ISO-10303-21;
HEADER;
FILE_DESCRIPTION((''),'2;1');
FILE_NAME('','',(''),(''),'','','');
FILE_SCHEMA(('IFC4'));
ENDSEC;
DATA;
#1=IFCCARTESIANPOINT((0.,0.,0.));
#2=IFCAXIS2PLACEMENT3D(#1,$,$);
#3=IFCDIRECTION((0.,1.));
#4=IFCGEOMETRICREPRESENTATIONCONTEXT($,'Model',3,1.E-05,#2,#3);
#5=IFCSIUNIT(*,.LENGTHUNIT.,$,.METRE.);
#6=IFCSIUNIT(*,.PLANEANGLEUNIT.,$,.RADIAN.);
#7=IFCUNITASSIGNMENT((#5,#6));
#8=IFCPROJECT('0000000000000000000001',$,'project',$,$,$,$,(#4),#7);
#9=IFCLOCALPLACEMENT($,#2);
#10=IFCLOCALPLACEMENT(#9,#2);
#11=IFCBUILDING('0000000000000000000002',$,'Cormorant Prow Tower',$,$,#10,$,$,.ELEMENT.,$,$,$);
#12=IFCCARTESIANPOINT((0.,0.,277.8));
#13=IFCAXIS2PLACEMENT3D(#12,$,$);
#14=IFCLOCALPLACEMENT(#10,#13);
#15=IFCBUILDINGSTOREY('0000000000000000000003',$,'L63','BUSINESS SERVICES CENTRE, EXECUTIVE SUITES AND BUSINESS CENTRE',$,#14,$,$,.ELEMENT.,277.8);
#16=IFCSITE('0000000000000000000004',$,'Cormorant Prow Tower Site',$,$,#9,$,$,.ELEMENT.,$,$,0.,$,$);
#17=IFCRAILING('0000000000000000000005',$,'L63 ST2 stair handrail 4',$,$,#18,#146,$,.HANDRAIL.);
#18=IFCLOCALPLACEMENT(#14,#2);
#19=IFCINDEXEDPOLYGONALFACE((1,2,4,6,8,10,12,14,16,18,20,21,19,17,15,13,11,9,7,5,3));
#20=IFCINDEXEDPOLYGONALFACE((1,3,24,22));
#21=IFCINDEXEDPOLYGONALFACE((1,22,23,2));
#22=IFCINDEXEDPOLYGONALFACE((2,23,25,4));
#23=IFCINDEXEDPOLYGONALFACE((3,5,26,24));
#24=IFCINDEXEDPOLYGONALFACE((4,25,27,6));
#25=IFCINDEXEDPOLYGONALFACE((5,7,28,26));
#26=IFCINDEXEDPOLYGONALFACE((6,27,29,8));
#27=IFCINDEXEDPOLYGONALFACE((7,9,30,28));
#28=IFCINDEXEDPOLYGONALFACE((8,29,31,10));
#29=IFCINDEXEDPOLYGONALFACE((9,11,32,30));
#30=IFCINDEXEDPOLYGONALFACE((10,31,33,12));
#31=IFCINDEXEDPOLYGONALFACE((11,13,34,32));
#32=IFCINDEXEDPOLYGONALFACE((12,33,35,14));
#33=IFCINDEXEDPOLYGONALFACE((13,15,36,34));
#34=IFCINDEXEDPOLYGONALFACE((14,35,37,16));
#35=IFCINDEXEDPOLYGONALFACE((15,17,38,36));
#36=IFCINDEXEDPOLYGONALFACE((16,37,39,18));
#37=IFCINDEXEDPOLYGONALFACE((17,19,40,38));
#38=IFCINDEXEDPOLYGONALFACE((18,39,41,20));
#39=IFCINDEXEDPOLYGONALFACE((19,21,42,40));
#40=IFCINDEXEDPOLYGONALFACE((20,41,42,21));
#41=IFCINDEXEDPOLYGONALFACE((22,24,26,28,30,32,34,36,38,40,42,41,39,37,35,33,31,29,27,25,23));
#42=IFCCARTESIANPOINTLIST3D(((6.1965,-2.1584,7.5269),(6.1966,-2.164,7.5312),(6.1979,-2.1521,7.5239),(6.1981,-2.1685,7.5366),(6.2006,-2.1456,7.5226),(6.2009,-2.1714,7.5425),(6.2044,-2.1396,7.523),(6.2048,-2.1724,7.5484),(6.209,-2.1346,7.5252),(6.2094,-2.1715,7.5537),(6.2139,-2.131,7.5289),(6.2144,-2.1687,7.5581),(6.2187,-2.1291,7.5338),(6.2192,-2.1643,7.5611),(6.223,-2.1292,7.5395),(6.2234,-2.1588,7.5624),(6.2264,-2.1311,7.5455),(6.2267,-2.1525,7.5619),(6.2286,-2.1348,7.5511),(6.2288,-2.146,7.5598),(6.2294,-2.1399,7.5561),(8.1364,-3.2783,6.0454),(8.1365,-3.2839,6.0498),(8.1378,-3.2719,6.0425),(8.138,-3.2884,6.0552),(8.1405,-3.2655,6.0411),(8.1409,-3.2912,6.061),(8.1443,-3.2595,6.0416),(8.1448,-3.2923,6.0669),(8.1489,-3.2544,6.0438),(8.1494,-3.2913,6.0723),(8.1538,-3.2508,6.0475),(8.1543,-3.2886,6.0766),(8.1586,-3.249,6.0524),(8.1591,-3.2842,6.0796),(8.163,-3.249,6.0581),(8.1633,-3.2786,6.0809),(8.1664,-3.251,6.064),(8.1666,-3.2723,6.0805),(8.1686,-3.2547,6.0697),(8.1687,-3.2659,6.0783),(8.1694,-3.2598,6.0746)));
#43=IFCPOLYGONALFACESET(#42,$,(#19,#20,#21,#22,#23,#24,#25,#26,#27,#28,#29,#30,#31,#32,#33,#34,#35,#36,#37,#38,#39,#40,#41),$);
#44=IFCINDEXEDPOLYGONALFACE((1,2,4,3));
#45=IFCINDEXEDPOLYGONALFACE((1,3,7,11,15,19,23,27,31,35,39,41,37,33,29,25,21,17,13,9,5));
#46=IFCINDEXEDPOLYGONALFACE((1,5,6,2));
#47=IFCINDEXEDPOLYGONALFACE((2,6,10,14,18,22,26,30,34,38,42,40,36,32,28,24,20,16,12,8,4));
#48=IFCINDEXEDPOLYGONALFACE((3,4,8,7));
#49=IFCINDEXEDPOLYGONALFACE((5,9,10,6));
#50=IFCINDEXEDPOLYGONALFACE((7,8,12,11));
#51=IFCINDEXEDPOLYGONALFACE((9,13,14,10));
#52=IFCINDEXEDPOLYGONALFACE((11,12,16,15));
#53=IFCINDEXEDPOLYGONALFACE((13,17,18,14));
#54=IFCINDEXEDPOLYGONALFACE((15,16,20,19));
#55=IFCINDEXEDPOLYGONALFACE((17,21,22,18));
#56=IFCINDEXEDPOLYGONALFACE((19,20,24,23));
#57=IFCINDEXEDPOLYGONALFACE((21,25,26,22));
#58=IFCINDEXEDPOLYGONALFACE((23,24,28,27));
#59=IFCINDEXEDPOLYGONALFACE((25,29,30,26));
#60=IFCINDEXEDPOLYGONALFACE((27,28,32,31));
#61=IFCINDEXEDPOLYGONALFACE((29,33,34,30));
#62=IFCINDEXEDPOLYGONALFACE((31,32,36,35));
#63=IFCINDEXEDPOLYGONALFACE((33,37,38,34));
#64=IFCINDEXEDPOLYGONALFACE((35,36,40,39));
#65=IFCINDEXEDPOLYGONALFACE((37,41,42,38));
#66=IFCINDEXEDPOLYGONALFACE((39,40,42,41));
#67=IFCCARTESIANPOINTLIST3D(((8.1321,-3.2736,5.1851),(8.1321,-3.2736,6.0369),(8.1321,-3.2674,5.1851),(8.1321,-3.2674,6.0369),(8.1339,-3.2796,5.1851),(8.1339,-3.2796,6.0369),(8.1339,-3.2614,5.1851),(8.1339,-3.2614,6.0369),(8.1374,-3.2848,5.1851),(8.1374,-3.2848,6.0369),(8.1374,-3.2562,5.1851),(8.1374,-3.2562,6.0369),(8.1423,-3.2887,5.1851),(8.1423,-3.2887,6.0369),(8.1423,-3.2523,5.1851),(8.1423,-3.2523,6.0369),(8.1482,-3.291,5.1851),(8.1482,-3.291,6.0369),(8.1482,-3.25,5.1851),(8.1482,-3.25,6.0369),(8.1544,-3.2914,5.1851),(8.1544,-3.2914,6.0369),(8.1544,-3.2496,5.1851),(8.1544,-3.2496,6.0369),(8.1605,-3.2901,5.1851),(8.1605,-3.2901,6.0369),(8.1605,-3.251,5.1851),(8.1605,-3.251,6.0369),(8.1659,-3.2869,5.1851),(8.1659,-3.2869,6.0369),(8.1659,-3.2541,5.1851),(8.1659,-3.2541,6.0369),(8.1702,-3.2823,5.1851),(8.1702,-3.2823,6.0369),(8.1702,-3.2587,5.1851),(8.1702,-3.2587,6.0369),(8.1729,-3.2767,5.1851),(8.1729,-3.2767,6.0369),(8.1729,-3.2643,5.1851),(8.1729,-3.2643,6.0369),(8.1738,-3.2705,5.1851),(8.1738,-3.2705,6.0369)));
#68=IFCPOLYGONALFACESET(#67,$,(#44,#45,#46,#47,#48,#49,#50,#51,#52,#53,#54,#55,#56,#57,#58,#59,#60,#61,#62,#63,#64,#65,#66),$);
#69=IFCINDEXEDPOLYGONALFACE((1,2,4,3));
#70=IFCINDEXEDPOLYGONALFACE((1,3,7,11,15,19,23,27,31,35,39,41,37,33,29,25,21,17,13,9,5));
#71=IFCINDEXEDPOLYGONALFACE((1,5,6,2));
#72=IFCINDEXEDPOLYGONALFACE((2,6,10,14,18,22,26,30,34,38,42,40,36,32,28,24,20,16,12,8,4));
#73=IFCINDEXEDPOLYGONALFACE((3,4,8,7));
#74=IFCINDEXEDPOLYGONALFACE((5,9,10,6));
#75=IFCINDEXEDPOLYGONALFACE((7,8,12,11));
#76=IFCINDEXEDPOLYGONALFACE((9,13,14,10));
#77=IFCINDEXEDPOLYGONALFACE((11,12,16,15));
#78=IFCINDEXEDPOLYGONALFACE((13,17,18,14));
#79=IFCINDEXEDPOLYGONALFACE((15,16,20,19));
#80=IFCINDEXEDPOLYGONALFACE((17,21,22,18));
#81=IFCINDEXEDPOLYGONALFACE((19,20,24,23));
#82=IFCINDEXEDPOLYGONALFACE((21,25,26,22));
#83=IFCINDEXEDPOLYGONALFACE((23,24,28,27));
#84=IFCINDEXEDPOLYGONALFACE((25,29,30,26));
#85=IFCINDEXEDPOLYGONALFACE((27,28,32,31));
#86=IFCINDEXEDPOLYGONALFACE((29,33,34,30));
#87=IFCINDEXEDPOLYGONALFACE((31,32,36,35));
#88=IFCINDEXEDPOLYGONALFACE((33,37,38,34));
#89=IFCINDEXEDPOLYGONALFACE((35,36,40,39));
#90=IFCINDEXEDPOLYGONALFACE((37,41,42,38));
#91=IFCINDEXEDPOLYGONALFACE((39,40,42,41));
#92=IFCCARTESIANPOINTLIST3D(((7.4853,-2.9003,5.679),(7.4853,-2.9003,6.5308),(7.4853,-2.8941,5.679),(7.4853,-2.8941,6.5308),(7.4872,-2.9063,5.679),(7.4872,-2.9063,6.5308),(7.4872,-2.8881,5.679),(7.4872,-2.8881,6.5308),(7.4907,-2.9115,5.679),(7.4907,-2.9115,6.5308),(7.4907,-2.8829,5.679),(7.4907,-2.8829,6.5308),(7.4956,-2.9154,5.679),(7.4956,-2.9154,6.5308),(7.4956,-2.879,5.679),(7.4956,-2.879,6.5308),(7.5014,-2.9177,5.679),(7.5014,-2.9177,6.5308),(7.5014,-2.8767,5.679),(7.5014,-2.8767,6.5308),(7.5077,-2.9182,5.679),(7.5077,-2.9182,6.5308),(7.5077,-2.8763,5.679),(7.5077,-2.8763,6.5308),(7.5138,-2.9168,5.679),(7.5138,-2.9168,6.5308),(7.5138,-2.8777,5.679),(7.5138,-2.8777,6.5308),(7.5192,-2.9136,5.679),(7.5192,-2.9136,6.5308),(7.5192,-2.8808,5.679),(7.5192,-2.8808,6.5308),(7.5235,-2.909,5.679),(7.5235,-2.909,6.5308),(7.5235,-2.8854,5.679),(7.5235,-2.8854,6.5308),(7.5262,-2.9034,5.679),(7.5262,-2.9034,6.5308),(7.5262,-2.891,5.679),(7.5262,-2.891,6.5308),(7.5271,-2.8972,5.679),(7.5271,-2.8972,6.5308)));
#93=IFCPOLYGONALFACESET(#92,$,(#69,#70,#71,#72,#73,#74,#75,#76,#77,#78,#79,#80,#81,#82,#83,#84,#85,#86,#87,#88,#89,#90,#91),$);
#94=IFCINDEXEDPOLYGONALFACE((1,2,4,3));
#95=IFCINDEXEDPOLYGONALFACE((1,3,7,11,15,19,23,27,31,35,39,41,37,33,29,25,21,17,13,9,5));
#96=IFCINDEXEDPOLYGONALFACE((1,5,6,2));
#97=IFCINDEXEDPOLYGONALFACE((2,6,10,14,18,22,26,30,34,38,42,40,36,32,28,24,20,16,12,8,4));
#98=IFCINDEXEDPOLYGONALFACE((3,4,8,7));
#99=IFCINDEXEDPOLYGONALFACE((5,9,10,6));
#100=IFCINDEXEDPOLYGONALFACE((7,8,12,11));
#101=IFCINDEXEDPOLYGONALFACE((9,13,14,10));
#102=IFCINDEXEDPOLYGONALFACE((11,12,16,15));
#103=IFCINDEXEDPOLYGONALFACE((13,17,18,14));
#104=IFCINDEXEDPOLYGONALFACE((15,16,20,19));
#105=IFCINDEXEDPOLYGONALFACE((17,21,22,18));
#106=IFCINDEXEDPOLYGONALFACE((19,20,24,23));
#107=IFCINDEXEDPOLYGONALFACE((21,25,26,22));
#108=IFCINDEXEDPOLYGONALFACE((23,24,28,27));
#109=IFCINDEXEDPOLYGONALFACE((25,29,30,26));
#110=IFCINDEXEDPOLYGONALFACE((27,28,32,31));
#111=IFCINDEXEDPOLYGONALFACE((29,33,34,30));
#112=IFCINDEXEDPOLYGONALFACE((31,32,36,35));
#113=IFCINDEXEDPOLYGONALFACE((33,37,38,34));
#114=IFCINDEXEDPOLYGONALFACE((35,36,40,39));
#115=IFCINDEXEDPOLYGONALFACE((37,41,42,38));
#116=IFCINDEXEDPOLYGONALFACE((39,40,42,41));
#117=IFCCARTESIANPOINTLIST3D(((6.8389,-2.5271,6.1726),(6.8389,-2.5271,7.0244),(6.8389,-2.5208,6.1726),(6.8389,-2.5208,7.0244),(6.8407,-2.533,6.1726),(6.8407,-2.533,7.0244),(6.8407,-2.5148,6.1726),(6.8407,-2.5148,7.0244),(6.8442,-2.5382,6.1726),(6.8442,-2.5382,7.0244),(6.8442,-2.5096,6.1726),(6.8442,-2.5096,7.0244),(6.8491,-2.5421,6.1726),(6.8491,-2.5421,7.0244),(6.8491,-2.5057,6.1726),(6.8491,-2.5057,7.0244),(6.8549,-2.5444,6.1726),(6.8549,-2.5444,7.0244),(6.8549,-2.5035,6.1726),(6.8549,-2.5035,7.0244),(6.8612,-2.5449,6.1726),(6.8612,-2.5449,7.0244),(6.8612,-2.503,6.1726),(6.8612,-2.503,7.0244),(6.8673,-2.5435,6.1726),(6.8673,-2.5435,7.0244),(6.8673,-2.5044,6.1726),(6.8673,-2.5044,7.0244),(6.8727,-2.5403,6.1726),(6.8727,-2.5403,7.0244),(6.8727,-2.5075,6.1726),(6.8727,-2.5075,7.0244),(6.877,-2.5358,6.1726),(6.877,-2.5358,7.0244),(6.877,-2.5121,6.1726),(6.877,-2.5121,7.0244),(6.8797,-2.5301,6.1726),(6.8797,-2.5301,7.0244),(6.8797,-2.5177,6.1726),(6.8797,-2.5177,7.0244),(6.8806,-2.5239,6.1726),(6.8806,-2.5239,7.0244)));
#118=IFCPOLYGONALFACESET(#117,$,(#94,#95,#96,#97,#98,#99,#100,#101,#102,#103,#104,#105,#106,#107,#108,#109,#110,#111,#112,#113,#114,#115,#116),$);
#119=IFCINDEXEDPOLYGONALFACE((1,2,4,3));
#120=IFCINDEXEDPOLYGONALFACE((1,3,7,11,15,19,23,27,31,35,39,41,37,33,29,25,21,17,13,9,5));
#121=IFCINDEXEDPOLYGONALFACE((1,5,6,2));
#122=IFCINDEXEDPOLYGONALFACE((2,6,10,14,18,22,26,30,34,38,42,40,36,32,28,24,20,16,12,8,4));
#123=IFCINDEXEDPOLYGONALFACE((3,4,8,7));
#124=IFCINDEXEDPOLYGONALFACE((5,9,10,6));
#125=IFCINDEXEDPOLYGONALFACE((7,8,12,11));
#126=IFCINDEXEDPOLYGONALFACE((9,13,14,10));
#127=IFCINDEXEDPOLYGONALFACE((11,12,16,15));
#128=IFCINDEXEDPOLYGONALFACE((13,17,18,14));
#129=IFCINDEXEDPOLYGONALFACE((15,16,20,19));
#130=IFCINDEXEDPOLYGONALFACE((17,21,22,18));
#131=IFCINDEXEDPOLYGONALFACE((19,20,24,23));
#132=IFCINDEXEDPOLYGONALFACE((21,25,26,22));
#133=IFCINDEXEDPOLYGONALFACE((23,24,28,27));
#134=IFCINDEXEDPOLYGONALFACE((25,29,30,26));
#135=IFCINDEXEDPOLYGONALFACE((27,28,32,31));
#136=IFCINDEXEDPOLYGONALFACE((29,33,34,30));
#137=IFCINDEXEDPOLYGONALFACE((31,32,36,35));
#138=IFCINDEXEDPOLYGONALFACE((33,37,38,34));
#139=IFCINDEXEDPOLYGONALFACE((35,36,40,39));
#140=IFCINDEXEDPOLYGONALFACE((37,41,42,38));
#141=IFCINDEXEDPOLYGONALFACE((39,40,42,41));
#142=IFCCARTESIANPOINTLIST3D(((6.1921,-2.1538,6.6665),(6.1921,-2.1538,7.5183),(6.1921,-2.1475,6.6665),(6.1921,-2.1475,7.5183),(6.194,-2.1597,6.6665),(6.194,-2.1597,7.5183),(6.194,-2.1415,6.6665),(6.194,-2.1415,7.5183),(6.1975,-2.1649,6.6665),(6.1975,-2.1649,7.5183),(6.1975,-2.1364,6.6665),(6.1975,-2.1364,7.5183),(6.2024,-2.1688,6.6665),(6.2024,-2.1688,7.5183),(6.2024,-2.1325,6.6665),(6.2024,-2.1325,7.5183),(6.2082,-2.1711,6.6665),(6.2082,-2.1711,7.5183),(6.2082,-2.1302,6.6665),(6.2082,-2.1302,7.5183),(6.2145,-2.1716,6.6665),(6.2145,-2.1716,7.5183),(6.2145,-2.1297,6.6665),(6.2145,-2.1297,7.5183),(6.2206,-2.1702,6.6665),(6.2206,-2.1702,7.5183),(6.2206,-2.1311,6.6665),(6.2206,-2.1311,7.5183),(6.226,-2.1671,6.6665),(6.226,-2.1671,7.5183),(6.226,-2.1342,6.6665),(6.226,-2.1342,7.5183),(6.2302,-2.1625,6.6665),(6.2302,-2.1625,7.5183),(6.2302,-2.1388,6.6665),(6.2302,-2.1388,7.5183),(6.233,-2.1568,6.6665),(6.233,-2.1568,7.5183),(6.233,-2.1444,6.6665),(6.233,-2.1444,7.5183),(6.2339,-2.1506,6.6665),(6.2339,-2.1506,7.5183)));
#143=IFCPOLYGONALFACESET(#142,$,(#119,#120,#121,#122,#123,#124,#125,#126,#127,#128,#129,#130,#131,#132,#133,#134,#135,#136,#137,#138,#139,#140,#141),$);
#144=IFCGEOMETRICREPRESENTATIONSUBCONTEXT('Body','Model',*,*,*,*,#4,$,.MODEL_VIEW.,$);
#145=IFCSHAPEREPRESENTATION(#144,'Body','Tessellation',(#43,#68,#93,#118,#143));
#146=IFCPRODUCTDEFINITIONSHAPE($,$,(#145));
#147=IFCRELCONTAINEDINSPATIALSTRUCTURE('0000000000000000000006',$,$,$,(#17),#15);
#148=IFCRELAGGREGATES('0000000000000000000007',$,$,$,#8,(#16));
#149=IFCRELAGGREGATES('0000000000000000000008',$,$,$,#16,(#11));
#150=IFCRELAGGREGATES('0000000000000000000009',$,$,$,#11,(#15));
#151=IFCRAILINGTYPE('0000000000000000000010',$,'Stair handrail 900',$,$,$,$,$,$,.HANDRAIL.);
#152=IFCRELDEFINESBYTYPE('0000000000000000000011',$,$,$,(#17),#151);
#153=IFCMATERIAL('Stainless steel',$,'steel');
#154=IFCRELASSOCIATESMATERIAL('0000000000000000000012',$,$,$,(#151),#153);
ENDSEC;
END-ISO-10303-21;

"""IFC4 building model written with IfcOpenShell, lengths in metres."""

from ifc_helpers import new_model, si_unit, direction, frame, origin, origin_2d, place, context, subcontext, project, spatial, circle, extrude, material, type_object, element, save


model = new_model("IFC4")

# Units and contexts
model_context = context("Model", 3, precision=1e-05, world=origin(), true_north=direction((0.0, 1.0)))
body_context = subcontext(model_context, "Body", "Model", "MODEL_VIEW")
ifc_project = project(units=[si_unit("LENGTHUNIT", "METRE"), si_unit("PLANEANGLEUNIT", "RADIAN")], contexts=[model_context])

# Site, building, storey
site_placement = place(None, origin())
site = spatial("IfcSite", under=ifc_project, at=site_placement, Name="Cormorant Prow Tower Site", CompositionType="ELEMENT", RefElevation=0.0)
building_placement = place(site_placement, origin())
building = spatial("IfcBuilding", under=site, at=building_placement, Name="Cormorant Prow Tower", CompositionType="ELEMENT")
storey_placement = place(building_placement, frame((0.0, 0.0, 277.8)))
storey = spatial("IfcBuildingStorey", under=building, at=storey_placement, Name="L63", Description="BUSINESS SERVICES CENTRE, EXECUTIVE SUITES AND BUSINESS CENTRE", CompositionType="ELEMENT", Elevation=277.8)

# Railing
ifc_material_1 = material(Name="Stainless steel", Category="steel")
railing_type_1 = type_object("IfcRailingType", Name="Stair handrail 900", PredefinedType="HANDRAIL", material=ifc_material_1)
for number, where, name in (
    (1, (8.1528, -3.2705, 5.1851), "L63 ST2 stair handrail 4"),
):
    element("IfcRailing", number, at=place(storey_placement, frame(where)), inside=storey, type_object=railing_type_1, Name=name, PredefinedType="HANDRAIL", context=body_context, shape_type="SweptSolid", body=[
        extrude(circle(Radius=0.0239, at=origin_2d()), frame((0.0, 0.0, 0.876), z_axis=(-0.722363, 0.417, 0.551636), x_axis=(-0.499949, -0.866055, 0.0)), (0.0, 0.0, 1.0), 2.6855),
        extrude(circle(Radius=0.021, at=origin_2d()), origin(), (0.0, 0.0, 1.0), 0.8518),
        extrude(circle(Radius=0.021, at=origin_2d()), frame((-0.6467, 0.3733, 0.4939)), (0.0, 0.0, 1.0), 0.8518),
        extrude(circle(Radius=0.021, at=origin_2d()), frame((-1.2932, 0.7466, 0.9875)), (0.0, 0.0, 1.0), 0.8518),
        extrude(circle(Radius=0.021, at=origin_2d()), frame((-1.9399, 1.1199, 1.4814)), (0.0, 0.0, 1.0), 0.8518),
    ])

save(model, "model.ifc")
